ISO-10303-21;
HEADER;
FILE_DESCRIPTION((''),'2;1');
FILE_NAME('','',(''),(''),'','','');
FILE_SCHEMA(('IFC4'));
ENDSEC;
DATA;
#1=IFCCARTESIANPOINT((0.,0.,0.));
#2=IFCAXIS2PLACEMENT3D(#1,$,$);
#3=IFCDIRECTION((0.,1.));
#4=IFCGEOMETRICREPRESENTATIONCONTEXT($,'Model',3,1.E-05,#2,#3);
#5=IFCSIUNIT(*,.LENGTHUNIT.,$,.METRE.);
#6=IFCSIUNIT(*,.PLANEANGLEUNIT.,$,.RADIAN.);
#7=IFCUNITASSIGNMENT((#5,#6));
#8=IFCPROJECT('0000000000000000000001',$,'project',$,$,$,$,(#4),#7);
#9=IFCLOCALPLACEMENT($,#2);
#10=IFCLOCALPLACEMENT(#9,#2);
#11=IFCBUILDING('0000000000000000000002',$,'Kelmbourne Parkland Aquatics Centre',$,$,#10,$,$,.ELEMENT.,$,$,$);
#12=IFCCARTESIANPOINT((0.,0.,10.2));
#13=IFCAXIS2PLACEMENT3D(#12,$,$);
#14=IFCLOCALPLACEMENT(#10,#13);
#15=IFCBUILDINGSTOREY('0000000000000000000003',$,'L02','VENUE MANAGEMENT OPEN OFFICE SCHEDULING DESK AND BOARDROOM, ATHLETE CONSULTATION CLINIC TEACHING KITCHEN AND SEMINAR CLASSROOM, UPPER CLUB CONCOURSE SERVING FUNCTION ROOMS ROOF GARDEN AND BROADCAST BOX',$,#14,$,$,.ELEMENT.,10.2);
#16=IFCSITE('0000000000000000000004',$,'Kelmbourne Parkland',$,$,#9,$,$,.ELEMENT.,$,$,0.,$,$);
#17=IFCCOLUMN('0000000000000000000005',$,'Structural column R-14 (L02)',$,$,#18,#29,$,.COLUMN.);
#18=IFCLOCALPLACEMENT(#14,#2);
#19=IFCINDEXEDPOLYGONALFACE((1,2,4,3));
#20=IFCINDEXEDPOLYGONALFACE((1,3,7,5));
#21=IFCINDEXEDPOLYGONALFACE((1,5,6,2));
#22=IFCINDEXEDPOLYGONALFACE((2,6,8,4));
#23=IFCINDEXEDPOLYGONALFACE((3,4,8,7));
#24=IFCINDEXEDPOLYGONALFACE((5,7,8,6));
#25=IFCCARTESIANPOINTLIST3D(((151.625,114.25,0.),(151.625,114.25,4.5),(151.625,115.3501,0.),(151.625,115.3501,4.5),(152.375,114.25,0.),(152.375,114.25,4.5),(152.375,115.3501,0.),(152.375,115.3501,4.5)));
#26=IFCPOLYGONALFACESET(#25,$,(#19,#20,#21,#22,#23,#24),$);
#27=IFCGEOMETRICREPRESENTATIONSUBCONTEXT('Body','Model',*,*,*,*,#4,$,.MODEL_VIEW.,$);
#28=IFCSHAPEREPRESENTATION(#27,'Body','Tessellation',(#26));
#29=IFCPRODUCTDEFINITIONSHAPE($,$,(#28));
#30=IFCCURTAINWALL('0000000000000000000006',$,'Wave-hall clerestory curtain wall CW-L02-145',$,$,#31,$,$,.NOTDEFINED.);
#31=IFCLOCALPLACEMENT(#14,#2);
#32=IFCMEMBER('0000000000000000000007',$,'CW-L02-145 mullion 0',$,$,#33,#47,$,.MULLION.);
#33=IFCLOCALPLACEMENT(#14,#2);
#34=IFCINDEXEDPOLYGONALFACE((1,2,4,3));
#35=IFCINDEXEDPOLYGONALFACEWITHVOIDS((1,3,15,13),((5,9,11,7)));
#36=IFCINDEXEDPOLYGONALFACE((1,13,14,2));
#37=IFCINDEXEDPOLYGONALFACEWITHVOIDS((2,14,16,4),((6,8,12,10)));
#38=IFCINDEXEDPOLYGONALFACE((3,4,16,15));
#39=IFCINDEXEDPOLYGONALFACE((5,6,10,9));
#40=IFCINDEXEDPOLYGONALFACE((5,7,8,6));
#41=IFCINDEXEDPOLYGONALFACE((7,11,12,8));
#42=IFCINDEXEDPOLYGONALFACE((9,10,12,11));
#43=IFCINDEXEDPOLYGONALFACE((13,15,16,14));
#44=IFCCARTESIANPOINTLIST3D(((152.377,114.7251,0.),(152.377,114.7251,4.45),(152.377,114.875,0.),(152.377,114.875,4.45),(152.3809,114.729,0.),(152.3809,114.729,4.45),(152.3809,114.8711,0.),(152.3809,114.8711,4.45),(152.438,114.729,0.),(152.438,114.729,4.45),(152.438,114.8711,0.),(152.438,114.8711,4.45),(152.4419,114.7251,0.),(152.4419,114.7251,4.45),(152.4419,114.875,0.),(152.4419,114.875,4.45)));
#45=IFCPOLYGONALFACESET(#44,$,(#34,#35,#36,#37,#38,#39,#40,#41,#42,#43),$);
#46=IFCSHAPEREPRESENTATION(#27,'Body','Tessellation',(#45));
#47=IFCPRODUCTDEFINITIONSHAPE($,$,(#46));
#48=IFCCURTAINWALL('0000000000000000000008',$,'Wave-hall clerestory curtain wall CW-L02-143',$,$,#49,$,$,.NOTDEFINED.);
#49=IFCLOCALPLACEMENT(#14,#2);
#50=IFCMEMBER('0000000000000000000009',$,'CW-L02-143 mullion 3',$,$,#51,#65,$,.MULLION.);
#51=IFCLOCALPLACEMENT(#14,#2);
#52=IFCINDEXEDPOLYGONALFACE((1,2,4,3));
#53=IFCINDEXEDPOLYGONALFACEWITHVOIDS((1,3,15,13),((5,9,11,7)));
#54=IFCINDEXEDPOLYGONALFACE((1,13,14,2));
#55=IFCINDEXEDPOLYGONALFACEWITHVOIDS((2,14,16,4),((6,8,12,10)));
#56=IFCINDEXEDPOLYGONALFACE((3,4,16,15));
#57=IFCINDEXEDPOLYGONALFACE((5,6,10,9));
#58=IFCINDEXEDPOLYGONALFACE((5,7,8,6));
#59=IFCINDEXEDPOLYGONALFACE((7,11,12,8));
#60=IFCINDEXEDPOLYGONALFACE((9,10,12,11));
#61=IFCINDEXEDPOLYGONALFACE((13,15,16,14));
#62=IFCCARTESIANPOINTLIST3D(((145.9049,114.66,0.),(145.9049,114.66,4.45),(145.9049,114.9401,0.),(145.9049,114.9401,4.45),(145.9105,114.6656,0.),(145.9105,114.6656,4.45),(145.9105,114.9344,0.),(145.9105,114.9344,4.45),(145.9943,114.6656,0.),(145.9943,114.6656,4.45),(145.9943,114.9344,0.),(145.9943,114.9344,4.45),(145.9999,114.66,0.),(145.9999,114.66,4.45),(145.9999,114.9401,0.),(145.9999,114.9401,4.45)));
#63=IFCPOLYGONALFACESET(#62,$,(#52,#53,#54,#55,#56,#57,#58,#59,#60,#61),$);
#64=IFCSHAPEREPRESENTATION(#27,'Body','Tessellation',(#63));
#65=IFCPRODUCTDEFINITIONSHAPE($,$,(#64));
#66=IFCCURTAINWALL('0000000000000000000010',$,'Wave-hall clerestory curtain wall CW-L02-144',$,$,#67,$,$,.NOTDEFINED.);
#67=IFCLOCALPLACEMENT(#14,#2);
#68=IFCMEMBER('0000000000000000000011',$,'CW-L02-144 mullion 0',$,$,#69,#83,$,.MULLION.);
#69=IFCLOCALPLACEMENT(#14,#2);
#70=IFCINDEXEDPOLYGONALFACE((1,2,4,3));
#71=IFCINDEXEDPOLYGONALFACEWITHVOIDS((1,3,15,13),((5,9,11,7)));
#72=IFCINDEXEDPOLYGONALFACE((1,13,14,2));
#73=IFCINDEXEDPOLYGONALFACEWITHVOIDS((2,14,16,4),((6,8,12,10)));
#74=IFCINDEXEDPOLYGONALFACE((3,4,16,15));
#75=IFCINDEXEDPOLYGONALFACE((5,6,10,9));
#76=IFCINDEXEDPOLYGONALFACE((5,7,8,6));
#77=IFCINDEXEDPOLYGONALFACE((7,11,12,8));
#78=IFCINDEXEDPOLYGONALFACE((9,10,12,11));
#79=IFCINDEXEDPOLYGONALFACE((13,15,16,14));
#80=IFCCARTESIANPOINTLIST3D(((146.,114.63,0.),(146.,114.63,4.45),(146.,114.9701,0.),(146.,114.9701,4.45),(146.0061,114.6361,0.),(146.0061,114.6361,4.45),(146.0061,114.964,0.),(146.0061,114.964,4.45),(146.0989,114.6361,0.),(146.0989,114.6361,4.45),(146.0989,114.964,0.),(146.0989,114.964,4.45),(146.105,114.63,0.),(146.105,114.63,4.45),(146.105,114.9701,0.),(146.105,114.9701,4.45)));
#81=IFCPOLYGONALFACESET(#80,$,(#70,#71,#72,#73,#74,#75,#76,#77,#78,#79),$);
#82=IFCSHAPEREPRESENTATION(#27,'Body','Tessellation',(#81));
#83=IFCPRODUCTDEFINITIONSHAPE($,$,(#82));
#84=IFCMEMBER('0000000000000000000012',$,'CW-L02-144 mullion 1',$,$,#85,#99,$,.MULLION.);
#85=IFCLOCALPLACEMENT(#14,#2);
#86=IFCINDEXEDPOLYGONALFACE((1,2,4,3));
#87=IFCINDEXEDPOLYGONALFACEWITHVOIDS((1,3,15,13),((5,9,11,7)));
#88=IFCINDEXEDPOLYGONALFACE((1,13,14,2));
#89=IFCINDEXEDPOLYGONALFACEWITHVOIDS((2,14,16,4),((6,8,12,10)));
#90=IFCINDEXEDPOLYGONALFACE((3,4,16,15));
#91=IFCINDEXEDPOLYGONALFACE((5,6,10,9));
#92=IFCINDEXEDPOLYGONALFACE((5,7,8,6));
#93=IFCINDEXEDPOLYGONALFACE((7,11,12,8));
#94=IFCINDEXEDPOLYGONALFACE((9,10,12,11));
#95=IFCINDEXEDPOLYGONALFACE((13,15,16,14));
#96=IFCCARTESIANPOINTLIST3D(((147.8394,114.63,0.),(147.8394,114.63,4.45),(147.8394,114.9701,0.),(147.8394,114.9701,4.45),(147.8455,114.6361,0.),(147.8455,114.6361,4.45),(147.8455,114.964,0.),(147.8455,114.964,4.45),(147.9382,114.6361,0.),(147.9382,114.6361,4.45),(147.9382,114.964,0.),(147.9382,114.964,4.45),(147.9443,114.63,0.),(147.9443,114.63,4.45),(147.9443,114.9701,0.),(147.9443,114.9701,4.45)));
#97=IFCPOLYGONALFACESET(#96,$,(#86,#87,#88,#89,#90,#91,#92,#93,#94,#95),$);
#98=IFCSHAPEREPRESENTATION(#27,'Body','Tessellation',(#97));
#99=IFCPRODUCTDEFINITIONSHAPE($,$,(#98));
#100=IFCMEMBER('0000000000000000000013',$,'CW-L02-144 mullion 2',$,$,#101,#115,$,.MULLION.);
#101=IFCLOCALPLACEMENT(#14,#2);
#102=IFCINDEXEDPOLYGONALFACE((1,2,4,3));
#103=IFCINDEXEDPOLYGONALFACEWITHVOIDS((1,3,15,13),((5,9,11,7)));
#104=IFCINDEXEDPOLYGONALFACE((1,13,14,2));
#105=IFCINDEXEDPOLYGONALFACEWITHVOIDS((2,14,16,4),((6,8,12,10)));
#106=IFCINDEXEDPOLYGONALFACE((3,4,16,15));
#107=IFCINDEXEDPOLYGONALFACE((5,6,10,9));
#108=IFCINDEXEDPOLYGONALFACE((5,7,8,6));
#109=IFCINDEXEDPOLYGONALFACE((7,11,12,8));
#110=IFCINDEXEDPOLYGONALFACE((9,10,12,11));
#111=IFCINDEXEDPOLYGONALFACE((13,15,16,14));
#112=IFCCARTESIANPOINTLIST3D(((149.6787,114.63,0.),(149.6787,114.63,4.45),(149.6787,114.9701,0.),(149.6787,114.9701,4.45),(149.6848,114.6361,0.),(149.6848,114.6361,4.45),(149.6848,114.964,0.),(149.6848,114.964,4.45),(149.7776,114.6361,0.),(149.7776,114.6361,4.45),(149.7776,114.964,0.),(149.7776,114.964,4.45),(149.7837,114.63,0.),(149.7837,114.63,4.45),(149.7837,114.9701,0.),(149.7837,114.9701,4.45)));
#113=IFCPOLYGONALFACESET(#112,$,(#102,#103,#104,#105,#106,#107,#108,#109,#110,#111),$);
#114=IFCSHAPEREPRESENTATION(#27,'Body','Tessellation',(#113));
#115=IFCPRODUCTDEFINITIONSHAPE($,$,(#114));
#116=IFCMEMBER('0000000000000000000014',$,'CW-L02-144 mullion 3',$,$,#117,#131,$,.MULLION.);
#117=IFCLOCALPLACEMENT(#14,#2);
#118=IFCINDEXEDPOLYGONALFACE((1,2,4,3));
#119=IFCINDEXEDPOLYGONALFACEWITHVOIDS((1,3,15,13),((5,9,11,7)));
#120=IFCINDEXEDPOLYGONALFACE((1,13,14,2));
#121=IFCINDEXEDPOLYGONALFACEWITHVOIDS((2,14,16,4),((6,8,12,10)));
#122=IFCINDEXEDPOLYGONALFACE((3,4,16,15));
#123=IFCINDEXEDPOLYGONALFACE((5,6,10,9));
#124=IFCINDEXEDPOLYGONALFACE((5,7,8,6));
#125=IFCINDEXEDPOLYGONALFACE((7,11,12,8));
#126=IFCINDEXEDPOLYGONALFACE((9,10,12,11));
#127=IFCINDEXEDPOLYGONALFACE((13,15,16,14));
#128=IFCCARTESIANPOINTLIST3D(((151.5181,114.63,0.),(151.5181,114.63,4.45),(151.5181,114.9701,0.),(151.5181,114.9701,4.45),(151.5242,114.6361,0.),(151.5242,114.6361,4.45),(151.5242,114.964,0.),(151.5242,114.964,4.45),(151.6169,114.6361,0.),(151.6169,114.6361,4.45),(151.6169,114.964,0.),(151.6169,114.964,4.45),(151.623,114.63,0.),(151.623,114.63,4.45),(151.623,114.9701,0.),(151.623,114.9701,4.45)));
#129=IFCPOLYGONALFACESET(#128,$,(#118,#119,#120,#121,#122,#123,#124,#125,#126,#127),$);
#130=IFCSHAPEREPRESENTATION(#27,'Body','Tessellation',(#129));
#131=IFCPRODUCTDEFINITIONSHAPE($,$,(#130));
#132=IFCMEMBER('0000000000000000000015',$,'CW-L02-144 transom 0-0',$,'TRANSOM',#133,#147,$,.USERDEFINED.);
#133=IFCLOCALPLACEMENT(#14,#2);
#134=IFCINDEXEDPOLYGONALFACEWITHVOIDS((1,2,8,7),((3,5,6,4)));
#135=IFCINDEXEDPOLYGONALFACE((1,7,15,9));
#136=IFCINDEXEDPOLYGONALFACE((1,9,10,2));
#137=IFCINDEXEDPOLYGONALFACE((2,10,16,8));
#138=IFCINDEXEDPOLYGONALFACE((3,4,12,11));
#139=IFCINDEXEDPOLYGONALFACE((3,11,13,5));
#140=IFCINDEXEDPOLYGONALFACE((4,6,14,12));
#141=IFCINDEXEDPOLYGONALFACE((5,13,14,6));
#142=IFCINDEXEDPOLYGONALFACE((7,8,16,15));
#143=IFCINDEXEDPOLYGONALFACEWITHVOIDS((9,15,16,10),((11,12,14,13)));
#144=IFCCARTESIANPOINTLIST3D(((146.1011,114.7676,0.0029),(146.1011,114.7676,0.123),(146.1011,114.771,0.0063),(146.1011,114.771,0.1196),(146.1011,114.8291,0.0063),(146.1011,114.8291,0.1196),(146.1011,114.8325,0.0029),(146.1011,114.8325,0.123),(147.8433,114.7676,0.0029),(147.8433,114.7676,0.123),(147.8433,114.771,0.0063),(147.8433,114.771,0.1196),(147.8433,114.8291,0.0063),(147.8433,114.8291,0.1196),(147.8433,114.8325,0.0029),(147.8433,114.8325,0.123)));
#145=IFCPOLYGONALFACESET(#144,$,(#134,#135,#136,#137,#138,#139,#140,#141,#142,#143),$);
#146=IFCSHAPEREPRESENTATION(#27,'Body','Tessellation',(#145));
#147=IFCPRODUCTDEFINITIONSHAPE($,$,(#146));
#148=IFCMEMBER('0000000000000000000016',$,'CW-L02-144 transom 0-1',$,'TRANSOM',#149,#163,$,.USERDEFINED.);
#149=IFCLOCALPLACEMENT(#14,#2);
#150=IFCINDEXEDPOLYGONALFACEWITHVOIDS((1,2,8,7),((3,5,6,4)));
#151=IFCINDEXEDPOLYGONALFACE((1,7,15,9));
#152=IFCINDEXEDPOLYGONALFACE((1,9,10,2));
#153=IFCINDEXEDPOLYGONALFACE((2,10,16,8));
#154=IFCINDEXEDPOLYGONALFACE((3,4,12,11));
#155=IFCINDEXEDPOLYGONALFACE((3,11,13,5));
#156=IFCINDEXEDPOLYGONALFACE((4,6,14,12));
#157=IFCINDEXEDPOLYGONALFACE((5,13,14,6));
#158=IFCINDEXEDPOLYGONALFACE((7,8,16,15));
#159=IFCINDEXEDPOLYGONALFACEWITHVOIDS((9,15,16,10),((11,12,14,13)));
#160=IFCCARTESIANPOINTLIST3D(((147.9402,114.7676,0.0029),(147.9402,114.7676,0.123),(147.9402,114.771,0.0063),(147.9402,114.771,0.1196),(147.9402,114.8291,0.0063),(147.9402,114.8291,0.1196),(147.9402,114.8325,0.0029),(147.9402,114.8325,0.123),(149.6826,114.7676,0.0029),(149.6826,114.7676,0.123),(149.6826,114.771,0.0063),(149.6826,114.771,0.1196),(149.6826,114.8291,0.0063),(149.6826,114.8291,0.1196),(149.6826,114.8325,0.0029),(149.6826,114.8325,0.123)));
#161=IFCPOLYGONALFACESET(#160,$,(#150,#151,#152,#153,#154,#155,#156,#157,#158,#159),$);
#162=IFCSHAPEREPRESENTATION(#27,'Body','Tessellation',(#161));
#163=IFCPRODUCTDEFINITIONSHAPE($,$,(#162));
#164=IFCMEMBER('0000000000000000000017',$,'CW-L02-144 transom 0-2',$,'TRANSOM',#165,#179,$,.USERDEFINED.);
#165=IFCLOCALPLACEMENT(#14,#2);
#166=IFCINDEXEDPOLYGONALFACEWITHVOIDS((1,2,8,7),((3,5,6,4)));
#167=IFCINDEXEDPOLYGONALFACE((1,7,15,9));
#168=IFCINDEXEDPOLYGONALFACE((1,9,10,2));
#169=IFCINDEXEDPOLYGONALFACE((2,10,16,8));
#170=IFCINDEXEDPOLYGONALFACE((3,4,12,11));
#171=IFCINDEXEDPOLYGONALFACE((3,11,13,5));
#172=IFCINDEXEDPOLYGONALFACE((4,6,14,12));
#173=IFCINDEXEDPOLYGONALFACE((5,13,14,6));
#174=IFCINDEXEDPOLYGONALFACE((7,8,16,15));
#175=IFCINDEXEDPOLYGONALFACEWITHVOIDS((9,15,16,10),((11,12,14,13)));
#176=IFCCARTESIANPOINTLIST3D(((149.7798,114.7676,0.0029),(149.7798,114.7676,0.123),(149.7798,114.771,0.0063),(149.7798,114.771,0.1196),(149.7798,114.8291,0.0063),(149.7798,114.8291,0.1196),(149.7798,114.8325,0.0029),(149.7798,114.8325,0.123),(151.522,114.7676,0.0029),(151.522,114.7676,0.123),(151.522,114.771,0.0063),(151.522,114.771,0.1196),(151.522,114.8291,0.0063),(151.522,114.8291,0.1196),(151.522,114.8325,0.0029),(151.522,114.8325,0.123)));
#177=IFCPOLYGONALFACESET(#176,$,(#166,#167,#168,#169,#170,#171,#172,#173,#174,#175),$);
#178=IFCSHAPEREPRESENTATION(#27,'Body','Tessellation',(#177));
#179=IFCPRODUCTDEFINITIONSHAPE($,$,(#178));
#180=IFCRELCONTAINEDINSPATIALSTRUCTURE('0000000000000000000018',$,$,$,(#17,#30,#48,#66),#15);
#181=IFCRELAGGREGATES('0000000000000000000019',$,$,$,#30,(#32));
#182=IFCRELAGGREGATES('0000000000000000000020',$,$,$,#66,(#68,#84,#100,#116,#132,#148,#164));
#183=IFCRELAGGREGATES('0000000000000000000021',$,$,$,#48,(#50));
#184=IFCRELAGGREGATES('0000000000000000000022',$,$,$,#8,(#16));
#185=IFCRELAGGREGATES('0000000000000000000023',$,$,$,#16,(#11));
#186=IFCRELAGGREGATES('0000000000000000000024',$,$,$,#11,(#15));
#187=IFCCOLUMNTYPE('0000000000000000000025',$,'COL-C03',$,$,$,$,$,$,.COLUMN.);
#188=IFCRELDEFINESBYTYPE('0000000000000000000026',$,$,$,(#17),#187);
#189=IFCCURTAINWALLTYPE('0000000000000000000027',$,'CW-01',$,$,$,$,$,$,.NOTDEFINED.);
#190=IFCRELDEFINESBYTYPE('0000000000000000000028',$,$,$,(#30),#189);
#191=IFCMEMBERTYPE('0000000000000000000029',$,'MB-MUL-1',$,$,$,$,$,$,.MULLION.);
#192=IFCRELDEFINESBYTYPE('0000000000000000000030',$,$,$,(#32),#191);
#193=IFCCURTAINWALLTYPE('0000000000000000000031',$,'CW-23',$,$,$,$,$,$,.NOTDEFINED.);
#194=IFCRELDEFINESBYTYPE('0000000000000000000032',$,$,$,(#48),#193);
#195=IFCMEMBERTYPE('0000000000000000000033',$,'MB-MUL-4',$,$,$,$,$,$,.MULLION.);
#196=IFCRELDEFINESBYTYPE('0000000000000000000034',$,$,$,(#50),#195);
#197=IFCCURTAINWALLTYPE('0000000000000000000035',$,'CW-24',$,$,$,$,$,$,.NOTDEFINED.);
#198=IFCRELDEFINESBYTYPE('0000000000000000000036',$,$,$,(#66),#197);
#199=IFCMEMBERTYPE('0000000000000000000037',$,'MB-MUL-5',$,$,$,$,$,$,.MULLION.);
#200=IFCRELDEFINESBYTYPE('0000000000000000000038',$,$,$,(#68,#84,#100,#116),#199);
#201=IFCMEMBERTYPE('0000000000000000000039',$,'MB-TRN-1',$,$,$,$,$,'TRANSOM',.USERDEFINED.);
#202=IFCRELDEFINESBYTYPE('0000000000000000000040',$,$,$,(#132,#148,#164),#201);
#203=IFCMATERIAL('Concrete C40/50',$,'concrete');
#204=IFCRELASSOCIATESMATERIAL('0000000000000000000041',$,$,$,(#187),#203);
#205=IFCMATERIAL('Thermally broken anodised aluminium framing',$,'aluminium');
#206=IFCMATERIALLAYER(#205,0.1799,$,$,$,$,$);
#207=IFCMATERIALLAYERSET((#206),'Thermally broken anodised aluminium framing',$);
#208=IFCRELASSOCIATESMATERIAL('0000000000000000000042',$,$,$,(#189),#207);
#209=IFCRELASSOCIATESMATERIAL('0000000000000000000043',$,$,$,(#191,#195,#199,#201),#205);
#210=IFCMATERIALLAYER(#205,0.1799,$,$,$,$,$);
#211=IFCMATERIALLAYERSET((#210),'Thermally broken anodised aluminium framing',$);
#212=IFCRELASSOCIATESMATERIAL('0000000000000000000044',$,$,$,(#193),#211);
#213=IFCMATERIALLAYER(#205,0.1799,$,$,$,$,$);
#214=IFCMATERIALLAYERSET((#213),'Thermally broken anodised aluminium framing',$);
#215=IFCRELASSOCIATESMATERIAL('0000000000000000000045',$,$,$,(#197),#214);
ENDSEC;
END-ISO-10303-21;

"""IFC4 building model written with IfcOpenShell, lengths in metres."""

from ifc_helpers import new_model, si_unit, direction, frame, origin, origin_2d, place, context, subcontext, project, spatial, rectangle, hollow_rectangle, extrude, material, layer, layer_set, material_profile, profile_set, type_object, element, aggregate, save


model = new_model("IFC4")

# Units and contexts
model_context = context("Model", 3, precision=1e-05, world=origin(), true_north=direction((0.0, 1.0)))
body_context = subcontext(model_context, "Body", "Model", "MODEL_VIEW")
ifc_project = project(units=[si_unit("LENGTHUNIT", "METRE"), si_unit("PLANEANGLEUNIT", "RADIAN")], contexts=[model_context])

# Site, building, storey
site_placement = place(None, origin())
site = spatial("IfcSite", under=ifc_project, at=site_placement, Name="Kelmbourne Parkland", CompositionType="ELEMENT", RefElevation=0.0)
building_placement = place(site_placement, origin())
building = spatial("IfcBuilding", under=site, at=building_placement, Name="Kelmbourne Parkland Aquatics Centre", CompositionType="ELEMENT")
storey_placement = place(building_placement, frame((0.0, 0.0, 10.2)))
storey = spatial("IfcBuildingStorey", under=building, at=storey_placement, Name="L02", Description="VENUE MANAGEMENT OPEN OFFICE SCHEDULING DESK AND BOARDROOM, ATHLETE CONSULTATION CLINIC TEACHING KITCHEN AND SEMINAR CLASSROOM, UPPER CLUB CONCOURSE SERVING FUNCTION ROOMS ROOF GARDEN AND BROADCAST BOX", CompositionType="ELEMENT", Elevation=10.2)

# Column
ifc_material_1 = material(Name="Concrete C40/50", Category="concrete")
ifc_material_profile_1 = material_profile(ifc_material_1, rectangle(XDim=0.75, YDim=1.1001, at=origin_2d()), Name="RC 750x1100")
ifc_profile_set_1 = profile_set([ifc_material_profile_1], Name="Concrete C40/50")
column_type = type_object("IfcColumnType", Name="COL-C03", PredefinedType="COLUMN", material=ifc_profile_set_1)
column_placement = place(storey_placement, frame((152.0, 114.8, 0.0), z_axis=(0.0, 0.0, 1.0), x_axis=(1.0, 0.0, 0.0)))
element("IfcColumn", 1, at=column_placement, inside=storey, type_object=column_type, Name="Structural column R-14 (L02)", PredefinedType="COLUMN", context=body_context, shape_type="SweptSolid", body=[
    extrude(rectangle(XDim=0.75, YDim=1.1001, at=origin_2d()), origin(), (0.0, 0.0, 1.0), 4.5),
])

# Curtain walls, members
ifc_material_2 = material(Name="Thermally broken anodised aluminium framing", Category="aluminium")
ifc_layer_1 = layer(ifc_material_2, 0.1799)
ifc_layer_set_1 = layer_set([ifc_layer_1], Name="Thermally broken anodised aluminium framing")
curtain_wall_type_1 = type_object("IfcCurtainWallType", Name="CW-01", PredefinedType="NOTDEFINED", material=ifc_layer_set_1)
curtain_wall_1_placement = place(storey_placement, origin())
curtain_wall_1 = element("IfcCurtainWall", 2, at=curtain_wall_1_placement, inside=storey, type_object=curtain_wall_type_1, Name="Wave-hall clerestory curtain wall CW-L02-145", PredefinedType="NOTDEFINED")
ifc_material_profile_2 = material_profile(ifc_material_2, hollow_rectangle(XDim=0.0649, YDim=0.1499, WallThickness=0.0039, at=origin_2d()), Name="CW-M 65x150")
ifc_profile_set_2 = profile_set([ifc_material_profile_2], Name="Thermally broken anodised aluminium framing")
member_type_1 = type_object("IfcMemberType", Name="MB-MUL-1", PredefinedType="MULLION", material=ifc_profile_set_2)
member_1_placement = place(storey_placement, frame((152.4094, 114.8, 0.0), z_axis=(0.0, 0.0, 1.0), x_axis=(1.0, 0.0, 0.0)))
member_1 = element("IfcMember", 3, at=member_1_placement, type_object=member_type_1, Name="CW-L02-145 mullion 0", PredefinedType="MULLION", context=body_context, shape_type="SweptSolid", body=[
    extrude(hollow_rectangle(XDim=0.0649, YDim=0.1499, WallThickness=0.0039, at=origin_2d()), origin(), (0.0, 0.0, 1.0), 4.45),
])
ifc_layer_2 = layer(ifc_material_2, 0.1799)
ifc_layer_set_2 = layer_set([ifc_layer_2], Name="Thermally broken anodised aluminium framing")
curtain_wall_type_2 = type_object("IfcCurtainWallType", Name="CW-23", PredefinedType="NOTDEFINED", material=ifc_layer_set_2)
curtain_wall_2_placement = place(storey_placement, origin())
curtain_wall_2 = element("IfcCurtainWall", 4, at=curtain_wall_2_placement, inside=storey, type_object=curtain_wall_type_2, Name="Wave-hall clerestory curtain wall CW-L02-143", PredefinedType="NOTDEFINED")
ifc_material_profile_3 = material_profile(ifc_material_2, hollow_rectangle(XDim=0.095, YDim=0.28, WallThickness=0.0056, at=origin_2d()), Name="CW-M 95x280")
ifc_profile_set_3 = profile_set([ifc_material_profile_3], Name="Thermally broken anodised aluminium framing")
member_type_2 = type_object("IfcMemberType", Name="MB-MUL-4", PredefinedType="MULLION", material=ifc_profile_set_3)
member_2_placement = place(storey_placement, frame((145.9524, 114.8, 0.0), z_axis=(0.0, 0.0, 1.0), x_axis=(1.0, 0.0, 0.0)))
member_2 = element("IfcMember", 5, at=member_2_placement, type_object=member_type_2, Name="CW-L02-143 mullion 3", PredefinedType="MULLION", context=body_context, shape_type="SweptSolid", body=[
    extrude(hollow_rectangle(XDim=0.095, YDim=0.28, WallThickness=0.0056, at=origin_2d()), origin(), (0.0, 0.0, 1.0), 4.45),
])

# Curtain wall, members
ifc_layer_3 = layer(ifc_material_2, 0.1799)
ifc_layer_set_3 = layer_set([ifc_layer_3], Name="Thermally broken anodised aluminium framing")
curtain_wall_type_3 = type_object("IfcCurtainWallType", Name="CW-24", PredefinedType="NOTDEFINED", material=ifc_layer_set_3)
curtain_wall_3_placement = place(storey_placement, origin())
curtain_wall_3 = element("IfcCurtainWall", 6, at=curtain_wall_3_placement, inside=storey, type_object=curtain_wall_type_3, Name="Wave-hall clerestory curtain wall CW-L02-144", PredefinedType="NOTDEFINED")
ifc_material_profile_4 = material_profile(ifc_material_2, hollow_rectangle(XDim=0.105, YDim=0.3401, WallThickness=0.0061, at=origin_2d()), Name="CW-M 105x340")
ifc_profile_set_4 = profile_set([ifc_material_profile_4], Name="Thermally broken anodised aluminium framing")
member_type_3 = type_object("IfcMemberType", Name="MB-MUL-5", PredefinedType="MULLION", material=ifc_profile_set_4)
member_3_placement = place(storey_placement, frame((146.0525, 114.8, 0.0), z_axis=(0.0, 0.0, 1.0), x_axis=(1.0, 0.0, 0.0)))
member_3 = element("IfcMember", 7, at=member_3_placement, type_object=member_type_3, Name="CW-L02-144 mullion 0", PredefinedType="MULLION", context=body_context, shape_type="SweptSolid", body=[
    extrude(hollow_rectangle(XDim=0.105, YDim=0.3401, WallThickness=0.0061, at=origin_2d()), origin(), (0.0, 0.0, 1.0), 4.45),
])
member_4_placement = place(storey_placement, frame((147.8918, 114.8, 0.0), z_axis=(0.0, 0.0, 1.0), x_axis=(1.0, 0.0, 0.0)))
member_4 = element("IfcMember", 8, at=member_4_placement, type_object=member_type_3, Name="CW-L02-144 mullion 1", PredefinedType="MULLION", context=body_context, shape_type="SweptSolid", body=[
    extrude(hollow_rectangle(XDim=0.105, YDim=0.3401, WallThickness=0.0061, at=origin_2d()), origin(), (0.0, 0.0, 1.0), 4.45),
])
member_5_placement = place(storey_placement, frame((149.7312, 114.8, 0.0), z_axis=(0.0, 0.0, 1.0), x_axis=(1.0, 0.0, 0.0)))
member_5 = element("IfcMember", 9, at=member_5_placement, type_object=member_type_3, Name="CW-L02-144 mullion 2", PredefinedType="MULLION", context=body_context, shape_type="SweptSolid", body=[
    extrude(hollow_rectangle(XDim=0.105, YDim=0.3401, WallThickness=0.0061, at=origin_2d()), origin(), (0.0, 0.0, 1.0), 4.45),
])
member_6_placement = place(storey_placement, frame((151.5706, 114.8, 0.0), z_axis=(0.0, 0.0, 1.0), x_axis=(1.0, 0.0, 0.0)))
member_6 = element("IfcMember", 10, at=member_6_placement, type_object=member_type_3, Name="CW-L02-144 mullion 3", PredefinedType="MULLION", context=body_context, shape_type="SweptSolid", body=[
    extrude(hollow_rectangle(XDim=0.105, YDim=0.3401, WallThickness=0.0061, at=origin_2d()), origin(), (0.0, 0.0, 1.0), 4.45),
])
ifc_material_profile_5 = material_profile(ifc_material_2, hollow_rectangle(XDim=0.0649, YDim=0.1201, WallThickness=0.0034, at=origin_2d()), Name="CW-T 65x120")
ifc_profile_set_5 = profile_set([ifc_material_profile_5], Name="Thermally broken anodised aluminium framing")
member_type_4 = type_object("IfcMemberType", Name="MB-TRN-1", ElementType="TRANSOM", PredefinedType="USERDEFINED", material=ifc_profile_set_5)
member_7_placement = place(storey_placement, frame((146.1011, 114.8, 0.063), z_axis=(1.0, 0.0, 0.0), x_axis=(0.0, 1.0, 0.0)))
member_7 = element("IfcMember", 11, at=member_7_placement, type_object=member_type_4, Name="CW-L02-144 transom 0-0", ObjectType="TRANSOM", PredefinedType="USERDEFINED", context=body_context, shape_type="SweptSolid", body=[
    extrude(hollow_rectangle(XDim=0.0649, YDim=0.1201, WallThickness=0.0034, at=origin_2d()), origin(), (0.0, 0.0, 1.0), 1.7422),
])
member_8_placement = place(storey_placement, frame((147.9402, 114.8, 0.063), z_axis=(1.0, 0.0, 0.0), x_axis=(0.0, 1.0, 0.0)))
member_8 = element("IfcMember", 12, at=member_8_placement, type_object=member_type_4, Name="CW-L02-144 transom 0-1", ObjectType="TRANSOM", PredefinedType="USERDEFINED", context=body_context, shape_type="SweptSolid", body=[
    extrude(hollow_rectangle(XDim=0.0649, YDim=0.1201, WallThickness=0.0034, at=origin_2d()), origin(), (0.0, 0.0, 1.0), 1.7424),
])
member_9_placement = place(storey_placement, frame((149.7798, 114.8, 0.063), z_axis=(1.0, 0.0, 0.0), x_axis=(0.0, 1.0, 0.0)))
member_9 = element("IfcMember", 13, at=member_9_placement, type_object=member_type_4, Name="CW-L02-144 transom 0-2", ObjectType="TRANSOM", PredefinedType="USERDEFINED", context=body_context, shape_type="SweptSolid", body=[
    extrude(hollow_rectangle(XDim=0.0649, YDim=0.1201, WallThickness=0.0034, at=origin_2d()), origin(), (0.0, 0.0, 1.0), 1.7422),
])

aggregate(curtain_wall_1, [member_1])

aggregate(curtain_wall_3, [member_3, member_4, member_5, member_6, member_7, member_8, member_9])
aggregate(curtain_wall_2, [member_2])

save(model, "model.ifc")
